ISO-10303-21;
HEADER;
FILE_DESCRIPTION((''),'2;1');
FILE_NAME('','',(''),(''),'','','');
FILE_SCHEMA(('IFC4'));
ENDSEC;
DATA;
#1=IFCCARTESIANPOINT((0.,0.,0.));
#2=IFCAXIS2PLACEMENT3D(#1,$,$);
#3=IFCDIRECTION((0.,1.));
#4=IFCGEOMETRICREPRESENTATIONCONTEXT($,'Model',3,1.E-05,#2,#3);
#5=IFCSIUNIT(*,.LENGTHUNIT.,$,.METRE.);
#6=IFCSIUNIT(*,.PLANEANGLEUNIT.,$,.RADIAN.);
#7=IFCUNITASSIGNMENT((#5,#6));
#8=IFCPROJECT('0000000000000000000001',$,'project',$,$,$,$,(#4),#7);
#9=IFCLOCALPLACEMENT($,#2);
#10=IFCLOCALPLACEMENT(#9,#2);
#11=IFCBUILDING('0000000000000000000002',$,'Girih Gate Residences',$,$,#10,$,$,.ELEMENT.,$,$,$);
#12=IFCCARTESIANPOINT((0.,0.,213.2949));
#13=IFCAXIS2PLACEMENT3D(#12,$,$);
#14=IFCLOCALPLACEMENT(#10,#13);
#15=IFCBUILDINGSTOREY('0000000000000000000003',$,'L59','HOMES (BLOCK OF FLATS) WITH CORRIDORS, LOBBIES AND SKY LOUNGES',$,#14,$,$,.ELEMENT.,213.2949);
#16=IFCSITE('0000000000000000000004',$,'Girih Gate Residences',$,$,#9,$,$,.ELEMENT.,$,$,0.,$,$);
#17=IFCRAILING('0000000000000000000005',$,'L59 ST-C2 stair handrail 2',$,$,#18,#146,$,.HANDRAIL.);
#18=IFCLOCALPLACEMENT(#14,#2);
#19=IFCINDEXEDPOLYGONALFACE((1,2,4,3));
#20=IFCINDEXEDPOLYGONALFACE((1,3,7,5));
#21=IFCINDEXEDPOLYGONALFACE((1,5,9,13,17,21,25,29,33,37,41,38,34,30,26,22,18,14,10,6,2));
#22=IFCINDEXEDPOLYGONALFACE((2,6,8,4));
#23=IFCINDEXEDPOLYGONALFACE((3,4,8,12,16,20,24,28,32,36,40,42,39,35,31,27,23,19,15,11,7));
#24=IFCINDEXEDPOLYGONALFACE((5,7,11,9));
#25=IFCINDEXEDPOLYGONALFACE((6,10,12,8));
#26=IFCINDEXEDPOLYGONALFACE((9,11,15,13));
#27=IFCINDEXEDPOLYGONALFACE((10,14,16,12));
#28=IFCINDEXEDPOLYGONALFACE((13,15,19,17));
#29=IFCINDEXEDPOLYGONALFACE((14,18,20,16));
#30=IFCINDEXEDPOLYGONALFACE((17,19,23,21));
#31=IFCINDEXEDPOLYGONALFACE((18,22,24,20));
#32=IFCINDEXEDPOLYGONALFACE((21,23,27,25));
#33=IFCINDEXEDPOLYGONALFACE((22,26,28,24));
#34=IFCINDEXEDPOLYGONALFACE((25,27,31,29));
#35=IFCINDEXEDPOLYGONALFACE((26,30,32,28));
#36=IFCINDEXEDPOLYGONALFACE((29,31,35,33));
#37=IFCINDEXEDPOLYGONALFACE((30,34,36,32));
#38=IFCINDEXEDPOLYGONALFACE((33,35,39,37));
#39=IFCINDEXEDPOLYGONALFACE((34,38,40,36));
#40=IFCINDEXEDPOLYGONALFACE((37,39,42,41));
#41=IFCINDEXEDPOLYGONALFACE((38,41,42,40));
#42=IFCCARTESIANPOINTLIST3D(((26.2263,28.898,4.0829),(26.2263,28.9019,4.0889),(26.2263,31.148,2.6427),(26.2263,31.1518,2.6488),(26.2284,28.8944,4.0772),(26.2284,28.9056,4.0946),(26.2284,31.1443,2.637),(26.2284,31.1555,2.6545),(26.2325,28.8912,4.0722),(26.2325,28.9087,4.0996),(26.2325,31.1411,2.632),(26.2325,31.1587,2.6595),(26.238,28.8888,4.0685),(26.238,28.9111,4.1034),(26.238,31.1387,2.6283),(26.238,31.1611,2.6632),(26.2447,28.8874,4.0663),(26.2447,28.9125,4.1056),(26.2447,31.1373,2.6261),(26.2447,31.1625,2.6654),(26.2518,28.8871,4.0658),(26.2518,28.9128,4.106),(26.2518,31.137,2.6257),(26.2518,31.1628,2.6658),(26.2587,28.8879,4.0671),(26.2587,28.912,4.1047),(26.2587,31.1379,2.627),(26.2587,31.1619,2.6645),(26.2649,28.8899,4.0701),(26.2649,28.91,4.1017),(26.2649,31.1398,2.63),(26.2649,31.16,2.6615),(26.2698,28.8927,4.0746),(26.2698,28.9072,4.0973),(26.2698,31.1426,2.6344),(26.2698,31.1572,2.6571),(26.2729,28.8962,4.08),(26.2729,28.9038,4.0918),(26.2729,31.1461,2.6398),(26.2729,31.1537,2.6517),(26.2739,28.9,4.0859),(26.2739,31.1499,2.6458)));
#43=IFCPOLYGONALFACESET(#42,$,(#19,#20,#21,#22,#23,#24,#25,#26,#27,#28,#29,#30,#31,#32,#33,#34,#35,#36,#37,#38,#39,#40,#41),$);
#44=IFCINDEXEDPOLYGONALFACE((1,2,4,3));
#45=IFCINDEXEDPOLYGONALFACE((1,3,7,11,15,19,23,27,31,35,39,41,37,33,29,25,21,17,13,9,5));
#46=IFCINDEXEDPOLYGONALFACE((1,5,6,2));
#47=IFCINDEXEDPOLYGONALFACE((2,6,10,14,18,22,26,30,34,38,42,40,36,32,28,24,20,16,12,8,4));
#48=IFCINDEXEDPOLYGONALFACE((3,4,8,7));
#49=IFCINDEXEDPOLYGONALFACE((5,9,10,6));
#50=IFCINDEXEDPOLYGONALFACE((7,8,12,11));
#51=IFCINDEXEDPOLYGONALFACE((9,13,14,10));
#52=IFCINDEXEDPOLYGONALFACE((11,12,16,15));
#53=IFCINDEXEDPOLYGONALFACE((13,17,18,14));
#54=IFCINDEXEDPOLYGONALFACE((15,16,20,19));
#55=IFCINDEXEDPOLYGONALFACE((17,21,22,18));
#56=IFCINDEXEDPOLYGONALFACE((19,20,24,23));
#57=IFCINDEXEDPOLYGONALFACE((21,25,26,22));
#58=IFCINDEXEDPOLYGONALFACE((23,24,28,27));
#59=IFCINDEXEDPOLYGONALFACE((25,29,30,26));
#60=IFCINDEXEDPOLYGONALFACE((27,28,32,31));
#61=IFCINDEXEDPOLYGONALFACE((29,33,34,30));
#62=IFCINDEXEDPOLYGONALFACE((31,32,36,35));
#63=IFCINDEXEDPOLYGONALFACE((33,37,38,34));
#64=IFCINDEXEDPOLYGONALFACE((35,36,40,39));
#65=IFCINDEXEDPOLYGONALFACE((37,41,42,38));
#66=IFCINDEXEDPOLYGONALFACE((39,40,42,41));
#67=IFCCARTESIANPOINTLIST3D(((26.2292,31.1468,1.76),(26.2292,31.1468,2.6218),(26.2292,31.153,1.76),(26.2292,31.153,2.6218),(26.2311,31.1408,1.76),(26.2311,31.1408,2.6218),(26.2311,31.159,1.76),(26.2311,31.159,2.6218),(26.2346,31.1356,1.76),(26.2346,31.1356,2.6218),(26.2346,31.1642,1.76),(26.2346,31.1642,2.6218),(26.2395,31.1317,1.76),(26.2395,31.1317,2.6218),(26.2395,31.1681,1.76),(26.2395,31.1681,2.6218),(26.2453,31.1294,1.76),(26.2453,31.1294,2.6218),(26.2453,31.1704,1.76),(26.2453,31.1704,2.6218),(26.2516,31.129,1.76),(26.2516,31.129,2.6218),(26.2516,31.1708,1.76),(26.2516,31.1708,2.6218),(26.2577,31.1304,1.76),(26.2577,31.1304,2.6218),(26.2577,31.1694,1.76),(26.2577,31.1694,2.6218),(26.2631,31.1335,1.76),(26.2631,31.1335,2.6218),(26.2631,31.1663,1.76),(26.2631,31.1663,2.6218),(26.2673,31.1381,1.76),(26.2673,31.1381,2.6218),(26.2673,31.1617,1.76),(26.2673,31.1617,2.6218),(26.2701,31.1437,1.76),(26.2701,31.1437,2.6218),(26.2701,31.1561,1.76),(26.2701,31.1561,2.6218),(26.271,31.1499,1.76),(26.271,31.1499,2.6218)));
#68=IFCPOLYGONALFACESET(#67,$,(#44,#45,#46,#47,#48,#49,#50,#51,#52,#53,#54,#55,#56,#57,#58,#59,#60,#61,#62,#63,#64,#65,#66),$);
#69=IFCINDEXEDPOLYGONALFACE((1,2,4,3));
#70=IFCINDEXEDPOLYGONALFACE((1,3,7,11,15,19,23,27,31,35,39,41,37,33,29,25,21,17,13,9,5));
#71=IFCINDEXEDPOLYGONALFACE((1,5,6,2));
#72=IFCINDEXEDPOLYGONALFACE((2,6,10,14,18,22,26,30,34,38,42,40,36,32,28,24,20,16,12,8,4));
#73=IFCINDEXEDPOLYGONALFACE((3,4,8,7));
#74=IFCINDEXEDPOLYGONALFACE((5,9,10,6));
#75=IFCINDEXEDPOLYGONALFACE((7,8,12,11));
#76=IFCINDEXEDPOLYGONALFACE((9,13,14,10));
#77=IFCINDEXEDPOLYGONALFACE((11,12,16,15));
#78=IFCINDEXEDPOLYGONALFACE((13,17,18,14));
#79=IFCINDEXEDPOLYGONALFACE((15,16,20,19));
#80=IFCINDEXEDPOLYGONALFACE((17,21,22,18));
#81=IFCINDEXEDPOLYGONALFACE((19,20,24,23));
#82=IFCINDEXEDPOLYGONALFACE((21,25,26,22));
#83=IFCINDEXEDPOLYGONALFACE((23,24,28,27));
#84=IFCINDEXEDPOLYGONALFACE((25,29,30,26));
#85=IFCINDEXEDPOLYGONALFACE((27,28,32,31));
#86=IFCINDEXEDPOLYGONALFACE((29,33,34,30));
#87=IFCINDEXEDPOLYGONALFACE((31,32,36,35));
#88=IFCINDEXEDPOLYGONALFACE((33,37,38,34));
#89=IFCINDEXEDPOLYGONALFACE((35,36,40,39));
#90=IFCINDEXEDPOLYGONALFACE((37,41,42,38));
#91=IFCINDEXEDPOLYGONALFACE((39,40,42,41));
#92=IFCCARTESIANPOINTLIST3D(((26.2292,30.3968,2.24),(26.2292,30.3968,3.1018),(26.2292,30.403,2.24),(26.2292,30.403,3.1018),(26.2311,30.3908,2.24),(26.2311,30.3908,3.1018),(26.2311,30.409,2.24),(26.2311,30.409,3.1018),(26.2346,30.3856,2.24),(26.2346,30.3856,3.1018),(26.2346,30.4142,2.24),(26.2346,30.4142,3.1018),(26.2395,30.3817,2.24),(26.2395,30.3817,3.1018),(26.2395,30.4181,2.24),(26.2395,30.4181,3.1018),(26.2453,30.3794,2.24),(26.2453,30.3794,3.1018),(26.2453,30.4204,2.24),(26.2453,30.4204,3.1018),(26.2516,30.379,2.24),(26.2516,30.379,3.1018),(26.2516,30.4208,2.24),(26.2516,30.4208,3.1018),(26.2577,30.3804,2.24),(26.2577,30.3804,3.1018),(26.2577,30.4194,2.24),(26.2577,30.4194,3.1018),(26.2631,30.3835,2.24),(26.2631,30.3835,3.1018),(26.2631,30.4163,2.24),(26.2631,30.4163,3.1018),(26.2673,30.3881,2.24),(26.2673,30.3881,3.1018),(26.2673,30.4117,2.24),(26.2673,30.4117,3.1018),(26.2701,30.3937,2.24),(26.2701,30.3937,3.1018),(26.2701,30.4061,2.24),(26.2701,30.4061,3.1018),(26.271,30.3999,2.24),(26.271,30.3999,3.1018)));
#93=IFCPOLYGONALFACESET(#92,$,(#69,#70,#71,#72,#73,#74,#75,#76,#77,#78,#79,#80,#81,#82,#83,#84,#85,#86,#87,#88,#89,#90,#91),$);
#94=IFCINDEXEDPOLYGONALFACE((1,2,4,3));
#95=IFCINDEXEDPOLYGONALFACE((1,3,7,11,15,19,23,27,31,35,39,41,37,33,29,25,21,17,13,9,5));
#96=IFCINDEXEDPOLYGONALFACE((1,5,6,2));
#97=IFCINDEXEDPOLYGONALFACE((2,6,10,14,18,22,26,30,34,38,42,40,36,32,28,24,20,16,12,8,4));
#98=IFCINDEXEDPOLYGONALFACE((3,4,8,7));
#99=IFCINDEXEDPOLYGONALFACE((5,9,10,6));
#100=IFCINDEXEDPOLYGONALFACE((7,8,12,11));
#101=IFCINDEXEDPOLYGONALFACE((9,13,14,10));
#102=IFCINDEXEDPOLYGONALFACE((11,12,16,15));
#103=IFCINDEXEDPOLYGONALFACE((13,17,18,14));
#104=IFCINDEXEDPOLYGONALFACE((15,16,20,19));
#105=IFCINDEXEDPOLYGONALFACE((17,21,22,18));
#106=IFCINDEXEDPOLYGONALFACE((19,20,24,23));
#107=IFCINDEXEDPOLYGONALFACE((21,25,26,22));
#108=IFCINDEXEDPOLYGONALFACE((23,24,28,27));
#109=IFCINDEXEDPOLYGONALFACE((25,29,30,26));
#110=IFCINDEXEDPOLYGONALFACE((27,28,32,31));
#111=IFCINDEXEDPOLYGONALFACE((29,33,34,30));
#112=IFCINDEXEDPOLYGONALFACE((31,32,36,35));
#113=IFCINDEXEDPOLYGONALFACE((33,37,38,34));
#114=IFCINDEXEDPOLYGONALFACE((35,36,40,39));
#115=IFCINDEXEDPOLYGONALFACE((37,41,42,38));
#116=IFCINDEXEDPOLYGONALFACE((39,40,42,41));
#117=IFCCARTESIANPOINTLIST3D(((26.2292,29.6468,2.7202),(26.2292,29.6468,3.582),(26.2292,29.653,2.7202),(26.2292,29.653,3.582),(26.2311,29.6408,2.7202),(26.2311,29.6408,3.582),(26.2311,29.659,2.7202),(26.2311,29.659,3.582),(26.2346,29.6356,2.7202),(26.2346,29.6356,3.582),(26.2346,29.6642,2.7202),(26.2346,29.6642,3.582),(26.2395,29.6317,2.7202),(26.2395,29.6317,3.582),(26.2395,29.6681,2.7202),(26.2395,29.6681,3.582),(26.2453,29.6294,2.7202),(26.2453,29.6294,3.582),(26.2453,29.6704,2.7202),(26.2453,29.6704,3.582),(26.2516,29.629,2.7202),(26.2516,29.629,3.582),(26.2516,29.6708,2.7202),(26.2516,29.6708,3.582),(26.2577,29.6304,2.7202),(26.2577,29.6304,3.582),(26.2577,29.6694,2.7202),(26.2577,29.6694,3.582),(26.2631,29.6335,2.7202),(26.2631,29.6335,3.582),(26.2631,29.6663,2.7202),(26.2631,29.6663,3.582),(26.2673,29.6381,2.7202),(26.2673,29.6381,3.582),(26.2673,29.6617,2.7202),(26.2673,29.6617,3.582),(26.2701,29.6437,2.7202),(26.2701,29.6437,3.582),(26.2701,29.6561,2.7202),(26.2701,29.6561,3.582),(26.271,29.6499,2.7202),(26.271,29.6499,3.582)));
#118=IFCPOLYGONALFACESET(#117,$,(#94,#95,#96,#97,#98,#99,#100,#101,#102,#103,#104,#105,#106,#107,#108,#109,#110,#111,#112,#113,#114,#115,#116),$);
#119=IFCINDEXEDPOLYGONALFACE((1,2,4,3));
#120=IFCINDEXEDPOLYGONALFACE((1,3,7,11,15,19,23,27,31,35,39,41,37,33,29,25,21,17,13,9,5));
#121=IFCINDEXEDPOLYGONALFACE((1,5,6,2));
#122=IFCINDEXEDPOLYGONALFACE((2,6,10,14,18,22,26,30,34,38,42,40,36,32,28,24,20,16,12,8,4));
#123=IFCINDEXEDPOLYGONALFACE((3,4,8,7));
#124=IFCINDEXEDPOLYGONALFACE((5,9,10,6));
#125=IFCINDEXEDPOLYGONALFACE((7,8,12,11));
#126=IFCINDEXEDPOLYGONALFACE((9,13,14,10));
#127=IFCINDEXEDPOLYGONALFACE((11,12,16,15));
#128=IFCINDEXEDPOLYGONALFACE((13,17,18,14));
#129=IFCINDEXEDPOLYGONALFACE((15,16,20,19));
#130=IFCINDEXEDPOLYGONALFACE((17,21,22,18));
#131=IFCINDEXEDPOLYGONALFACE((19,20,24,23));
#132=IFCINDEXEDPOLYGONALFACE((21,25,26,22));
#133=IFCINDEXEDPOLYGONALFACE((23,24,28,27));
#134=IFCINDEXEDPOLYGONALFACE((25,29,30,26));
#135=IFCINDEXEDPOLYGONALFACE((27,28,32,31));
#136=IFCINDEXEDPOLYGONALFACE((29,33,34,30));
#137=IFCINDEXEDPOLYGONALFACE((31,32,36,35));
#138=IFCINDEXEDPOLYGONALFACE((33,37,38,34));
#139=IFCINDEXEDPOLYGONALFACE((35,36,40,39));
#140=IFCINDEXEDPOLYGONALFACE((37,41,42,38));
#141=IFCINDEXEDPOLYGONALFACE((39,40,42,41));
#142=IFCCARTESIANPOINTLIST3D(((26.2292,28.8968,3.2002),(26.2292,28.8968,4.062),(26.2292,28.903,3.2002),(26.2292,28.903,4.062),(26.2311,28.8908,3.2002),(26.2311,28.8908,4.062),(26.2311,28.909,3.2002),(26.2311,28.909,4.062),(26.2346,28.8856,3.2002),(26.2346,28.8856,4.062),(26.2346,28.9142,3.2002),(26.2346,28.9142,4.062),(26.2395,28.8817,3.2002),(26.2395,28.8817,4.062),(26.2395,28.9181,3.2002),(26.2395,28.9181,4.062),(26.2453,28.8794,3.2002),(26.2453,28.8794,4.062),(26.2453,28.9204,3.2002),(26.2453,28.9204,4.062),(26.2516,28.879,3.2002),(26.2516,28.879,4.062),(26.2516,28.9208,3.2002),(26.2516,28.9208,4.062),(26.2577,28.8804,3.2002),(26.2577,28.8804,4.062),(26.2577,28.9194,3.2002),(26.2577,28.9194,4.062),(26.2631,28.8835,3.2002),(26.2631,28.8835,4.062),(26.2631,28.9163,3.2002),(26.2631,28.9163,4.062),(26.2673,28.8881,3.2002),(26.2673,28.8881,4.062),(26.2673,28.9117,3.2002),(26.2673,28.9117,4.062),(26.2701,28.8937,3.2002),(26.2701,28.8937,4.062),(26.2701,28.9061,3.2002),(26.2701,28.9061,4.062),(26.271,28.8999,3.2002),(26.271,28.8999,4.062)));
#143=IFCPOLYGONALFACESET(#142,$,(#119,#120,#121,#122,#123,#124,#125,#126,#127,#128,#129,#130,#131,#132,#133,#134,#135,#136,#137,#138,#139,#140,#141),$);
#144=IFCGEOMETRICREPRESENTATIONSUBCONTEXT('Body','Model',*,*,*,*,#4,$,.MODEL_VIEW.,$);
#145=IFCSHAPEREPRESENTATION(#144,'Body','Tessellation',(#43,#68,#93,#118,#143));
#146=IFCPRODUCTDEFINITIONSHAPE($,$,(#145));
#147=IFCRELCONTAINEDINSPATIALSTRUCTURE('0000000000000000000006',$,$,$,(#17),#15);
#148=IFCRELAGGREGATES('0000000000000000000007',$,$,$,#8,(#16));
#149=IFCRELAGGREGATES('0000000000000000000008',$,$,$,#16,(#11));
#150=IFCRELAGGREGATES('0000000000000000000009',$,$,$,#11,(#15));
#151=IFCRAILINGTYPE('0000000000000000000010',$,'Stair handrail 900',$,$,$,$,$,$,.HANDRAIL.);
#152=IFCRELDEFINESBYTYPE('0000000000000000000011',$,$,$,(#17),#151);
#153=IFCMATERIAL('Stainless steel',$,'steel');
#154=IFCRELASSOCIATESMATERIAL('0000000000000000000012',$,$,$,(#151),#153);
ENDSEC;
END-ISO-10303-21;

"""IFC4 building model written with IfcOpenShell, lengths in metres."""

from ifc_helpers import new_model, si_unit, direction, frame, origin, origin_2d, place, context, subcontext, project, spatial, circle, extrude, material, type_object, element, save


model = new_model("IFC4")

# Units and contexts
model_context = context("Model", 3, precision=1e-05, world=origin(), true_north=direction((0.0, 1.0)))
body_context = subcontext(model_context, "Body", "Model", "MODEL_VIEW")
ifc_project = project(units=[si_unit("LENGTHUNIT", "METRE"), si_unit("PLANEANGLEUNIT", "RADIAN")], contexts=[model_context])

# Site, building, storey
site_placement = place(None, origin())
site = spatial("IfcSite", under=ifc_project, at=site_placement, Name="Girih Gate Residences", CompositionType="ELEMENT", RefElevation=0.0)
building_placement = place(site_placement, origin())
building = spatial("IfcBuilding", under=site, at=building_placement, Name="Girih Gate Residences", CompositionType="ELEMENT")
storey_placement = place(building_placement, frame((0.0, 0.0, 213.2949)))
storey = spatial("IfcBuildingStorey", under=building, at=storey_placement, Name="L59", Description="HOMES (BLOCK OF FLATS) WITH CORRIDORS, LOBBIES AND SKY LOUNGES", CompositionType="ELEMENT", Elevation=213.2949)

# Railing
ifc_material_1 = material(Name="Stainless steel", Category="steel")
railing_type_1 = type_object("IfcRailingType", Name="Stair handrail 900", PredefinedType="HANDRAIL", material=ifc_material_1)
railing_1_placement = place(storey_placement, frame((26.25, 31.1499, 1.76)))
element("IfcRailing", 1, at=railing_1_placement, inside=storey, type_object=railing_type_1, Name="L59 ST-C2 stair handrail 2", PredefinedType="HANDRAIL", context=body_context, shape_type="SweptSolid", body=[
    extrude(circle(Radius=0.0239, at=origin_2d()), frame((0.0, 0.0, 0.8857), z_axis=(0.0, -0.84224, 0.539103), x_axis=(1.0, 0.0, 0.0)), (0.0, 0.0, 1.0), 2.6714),
    extrude(circle(Radius=0.021, at=origin_2d()), origin(), (0.0, 0.0, 1.0), 0.8618),
    extrude(circle(Radius=0.021, at=origin_2d()), frame((0.0, -0.75, 0.48)), (0.0, 0.0, 1.0), 0.8618),
    extrude(circle(Radius=0.021, at=origin_2d()), frame((0.0, -1.5, 0.9602)), (0.0, 0.0, 1.0), 0.8618),
    extrude(circle(Radius=0.021, at=origin_2d()), frame((0.0, -2.25, 1.4402)), (0.0, 0.0, 1.0), 0.8618),
])

save(model, "model.ifc")
